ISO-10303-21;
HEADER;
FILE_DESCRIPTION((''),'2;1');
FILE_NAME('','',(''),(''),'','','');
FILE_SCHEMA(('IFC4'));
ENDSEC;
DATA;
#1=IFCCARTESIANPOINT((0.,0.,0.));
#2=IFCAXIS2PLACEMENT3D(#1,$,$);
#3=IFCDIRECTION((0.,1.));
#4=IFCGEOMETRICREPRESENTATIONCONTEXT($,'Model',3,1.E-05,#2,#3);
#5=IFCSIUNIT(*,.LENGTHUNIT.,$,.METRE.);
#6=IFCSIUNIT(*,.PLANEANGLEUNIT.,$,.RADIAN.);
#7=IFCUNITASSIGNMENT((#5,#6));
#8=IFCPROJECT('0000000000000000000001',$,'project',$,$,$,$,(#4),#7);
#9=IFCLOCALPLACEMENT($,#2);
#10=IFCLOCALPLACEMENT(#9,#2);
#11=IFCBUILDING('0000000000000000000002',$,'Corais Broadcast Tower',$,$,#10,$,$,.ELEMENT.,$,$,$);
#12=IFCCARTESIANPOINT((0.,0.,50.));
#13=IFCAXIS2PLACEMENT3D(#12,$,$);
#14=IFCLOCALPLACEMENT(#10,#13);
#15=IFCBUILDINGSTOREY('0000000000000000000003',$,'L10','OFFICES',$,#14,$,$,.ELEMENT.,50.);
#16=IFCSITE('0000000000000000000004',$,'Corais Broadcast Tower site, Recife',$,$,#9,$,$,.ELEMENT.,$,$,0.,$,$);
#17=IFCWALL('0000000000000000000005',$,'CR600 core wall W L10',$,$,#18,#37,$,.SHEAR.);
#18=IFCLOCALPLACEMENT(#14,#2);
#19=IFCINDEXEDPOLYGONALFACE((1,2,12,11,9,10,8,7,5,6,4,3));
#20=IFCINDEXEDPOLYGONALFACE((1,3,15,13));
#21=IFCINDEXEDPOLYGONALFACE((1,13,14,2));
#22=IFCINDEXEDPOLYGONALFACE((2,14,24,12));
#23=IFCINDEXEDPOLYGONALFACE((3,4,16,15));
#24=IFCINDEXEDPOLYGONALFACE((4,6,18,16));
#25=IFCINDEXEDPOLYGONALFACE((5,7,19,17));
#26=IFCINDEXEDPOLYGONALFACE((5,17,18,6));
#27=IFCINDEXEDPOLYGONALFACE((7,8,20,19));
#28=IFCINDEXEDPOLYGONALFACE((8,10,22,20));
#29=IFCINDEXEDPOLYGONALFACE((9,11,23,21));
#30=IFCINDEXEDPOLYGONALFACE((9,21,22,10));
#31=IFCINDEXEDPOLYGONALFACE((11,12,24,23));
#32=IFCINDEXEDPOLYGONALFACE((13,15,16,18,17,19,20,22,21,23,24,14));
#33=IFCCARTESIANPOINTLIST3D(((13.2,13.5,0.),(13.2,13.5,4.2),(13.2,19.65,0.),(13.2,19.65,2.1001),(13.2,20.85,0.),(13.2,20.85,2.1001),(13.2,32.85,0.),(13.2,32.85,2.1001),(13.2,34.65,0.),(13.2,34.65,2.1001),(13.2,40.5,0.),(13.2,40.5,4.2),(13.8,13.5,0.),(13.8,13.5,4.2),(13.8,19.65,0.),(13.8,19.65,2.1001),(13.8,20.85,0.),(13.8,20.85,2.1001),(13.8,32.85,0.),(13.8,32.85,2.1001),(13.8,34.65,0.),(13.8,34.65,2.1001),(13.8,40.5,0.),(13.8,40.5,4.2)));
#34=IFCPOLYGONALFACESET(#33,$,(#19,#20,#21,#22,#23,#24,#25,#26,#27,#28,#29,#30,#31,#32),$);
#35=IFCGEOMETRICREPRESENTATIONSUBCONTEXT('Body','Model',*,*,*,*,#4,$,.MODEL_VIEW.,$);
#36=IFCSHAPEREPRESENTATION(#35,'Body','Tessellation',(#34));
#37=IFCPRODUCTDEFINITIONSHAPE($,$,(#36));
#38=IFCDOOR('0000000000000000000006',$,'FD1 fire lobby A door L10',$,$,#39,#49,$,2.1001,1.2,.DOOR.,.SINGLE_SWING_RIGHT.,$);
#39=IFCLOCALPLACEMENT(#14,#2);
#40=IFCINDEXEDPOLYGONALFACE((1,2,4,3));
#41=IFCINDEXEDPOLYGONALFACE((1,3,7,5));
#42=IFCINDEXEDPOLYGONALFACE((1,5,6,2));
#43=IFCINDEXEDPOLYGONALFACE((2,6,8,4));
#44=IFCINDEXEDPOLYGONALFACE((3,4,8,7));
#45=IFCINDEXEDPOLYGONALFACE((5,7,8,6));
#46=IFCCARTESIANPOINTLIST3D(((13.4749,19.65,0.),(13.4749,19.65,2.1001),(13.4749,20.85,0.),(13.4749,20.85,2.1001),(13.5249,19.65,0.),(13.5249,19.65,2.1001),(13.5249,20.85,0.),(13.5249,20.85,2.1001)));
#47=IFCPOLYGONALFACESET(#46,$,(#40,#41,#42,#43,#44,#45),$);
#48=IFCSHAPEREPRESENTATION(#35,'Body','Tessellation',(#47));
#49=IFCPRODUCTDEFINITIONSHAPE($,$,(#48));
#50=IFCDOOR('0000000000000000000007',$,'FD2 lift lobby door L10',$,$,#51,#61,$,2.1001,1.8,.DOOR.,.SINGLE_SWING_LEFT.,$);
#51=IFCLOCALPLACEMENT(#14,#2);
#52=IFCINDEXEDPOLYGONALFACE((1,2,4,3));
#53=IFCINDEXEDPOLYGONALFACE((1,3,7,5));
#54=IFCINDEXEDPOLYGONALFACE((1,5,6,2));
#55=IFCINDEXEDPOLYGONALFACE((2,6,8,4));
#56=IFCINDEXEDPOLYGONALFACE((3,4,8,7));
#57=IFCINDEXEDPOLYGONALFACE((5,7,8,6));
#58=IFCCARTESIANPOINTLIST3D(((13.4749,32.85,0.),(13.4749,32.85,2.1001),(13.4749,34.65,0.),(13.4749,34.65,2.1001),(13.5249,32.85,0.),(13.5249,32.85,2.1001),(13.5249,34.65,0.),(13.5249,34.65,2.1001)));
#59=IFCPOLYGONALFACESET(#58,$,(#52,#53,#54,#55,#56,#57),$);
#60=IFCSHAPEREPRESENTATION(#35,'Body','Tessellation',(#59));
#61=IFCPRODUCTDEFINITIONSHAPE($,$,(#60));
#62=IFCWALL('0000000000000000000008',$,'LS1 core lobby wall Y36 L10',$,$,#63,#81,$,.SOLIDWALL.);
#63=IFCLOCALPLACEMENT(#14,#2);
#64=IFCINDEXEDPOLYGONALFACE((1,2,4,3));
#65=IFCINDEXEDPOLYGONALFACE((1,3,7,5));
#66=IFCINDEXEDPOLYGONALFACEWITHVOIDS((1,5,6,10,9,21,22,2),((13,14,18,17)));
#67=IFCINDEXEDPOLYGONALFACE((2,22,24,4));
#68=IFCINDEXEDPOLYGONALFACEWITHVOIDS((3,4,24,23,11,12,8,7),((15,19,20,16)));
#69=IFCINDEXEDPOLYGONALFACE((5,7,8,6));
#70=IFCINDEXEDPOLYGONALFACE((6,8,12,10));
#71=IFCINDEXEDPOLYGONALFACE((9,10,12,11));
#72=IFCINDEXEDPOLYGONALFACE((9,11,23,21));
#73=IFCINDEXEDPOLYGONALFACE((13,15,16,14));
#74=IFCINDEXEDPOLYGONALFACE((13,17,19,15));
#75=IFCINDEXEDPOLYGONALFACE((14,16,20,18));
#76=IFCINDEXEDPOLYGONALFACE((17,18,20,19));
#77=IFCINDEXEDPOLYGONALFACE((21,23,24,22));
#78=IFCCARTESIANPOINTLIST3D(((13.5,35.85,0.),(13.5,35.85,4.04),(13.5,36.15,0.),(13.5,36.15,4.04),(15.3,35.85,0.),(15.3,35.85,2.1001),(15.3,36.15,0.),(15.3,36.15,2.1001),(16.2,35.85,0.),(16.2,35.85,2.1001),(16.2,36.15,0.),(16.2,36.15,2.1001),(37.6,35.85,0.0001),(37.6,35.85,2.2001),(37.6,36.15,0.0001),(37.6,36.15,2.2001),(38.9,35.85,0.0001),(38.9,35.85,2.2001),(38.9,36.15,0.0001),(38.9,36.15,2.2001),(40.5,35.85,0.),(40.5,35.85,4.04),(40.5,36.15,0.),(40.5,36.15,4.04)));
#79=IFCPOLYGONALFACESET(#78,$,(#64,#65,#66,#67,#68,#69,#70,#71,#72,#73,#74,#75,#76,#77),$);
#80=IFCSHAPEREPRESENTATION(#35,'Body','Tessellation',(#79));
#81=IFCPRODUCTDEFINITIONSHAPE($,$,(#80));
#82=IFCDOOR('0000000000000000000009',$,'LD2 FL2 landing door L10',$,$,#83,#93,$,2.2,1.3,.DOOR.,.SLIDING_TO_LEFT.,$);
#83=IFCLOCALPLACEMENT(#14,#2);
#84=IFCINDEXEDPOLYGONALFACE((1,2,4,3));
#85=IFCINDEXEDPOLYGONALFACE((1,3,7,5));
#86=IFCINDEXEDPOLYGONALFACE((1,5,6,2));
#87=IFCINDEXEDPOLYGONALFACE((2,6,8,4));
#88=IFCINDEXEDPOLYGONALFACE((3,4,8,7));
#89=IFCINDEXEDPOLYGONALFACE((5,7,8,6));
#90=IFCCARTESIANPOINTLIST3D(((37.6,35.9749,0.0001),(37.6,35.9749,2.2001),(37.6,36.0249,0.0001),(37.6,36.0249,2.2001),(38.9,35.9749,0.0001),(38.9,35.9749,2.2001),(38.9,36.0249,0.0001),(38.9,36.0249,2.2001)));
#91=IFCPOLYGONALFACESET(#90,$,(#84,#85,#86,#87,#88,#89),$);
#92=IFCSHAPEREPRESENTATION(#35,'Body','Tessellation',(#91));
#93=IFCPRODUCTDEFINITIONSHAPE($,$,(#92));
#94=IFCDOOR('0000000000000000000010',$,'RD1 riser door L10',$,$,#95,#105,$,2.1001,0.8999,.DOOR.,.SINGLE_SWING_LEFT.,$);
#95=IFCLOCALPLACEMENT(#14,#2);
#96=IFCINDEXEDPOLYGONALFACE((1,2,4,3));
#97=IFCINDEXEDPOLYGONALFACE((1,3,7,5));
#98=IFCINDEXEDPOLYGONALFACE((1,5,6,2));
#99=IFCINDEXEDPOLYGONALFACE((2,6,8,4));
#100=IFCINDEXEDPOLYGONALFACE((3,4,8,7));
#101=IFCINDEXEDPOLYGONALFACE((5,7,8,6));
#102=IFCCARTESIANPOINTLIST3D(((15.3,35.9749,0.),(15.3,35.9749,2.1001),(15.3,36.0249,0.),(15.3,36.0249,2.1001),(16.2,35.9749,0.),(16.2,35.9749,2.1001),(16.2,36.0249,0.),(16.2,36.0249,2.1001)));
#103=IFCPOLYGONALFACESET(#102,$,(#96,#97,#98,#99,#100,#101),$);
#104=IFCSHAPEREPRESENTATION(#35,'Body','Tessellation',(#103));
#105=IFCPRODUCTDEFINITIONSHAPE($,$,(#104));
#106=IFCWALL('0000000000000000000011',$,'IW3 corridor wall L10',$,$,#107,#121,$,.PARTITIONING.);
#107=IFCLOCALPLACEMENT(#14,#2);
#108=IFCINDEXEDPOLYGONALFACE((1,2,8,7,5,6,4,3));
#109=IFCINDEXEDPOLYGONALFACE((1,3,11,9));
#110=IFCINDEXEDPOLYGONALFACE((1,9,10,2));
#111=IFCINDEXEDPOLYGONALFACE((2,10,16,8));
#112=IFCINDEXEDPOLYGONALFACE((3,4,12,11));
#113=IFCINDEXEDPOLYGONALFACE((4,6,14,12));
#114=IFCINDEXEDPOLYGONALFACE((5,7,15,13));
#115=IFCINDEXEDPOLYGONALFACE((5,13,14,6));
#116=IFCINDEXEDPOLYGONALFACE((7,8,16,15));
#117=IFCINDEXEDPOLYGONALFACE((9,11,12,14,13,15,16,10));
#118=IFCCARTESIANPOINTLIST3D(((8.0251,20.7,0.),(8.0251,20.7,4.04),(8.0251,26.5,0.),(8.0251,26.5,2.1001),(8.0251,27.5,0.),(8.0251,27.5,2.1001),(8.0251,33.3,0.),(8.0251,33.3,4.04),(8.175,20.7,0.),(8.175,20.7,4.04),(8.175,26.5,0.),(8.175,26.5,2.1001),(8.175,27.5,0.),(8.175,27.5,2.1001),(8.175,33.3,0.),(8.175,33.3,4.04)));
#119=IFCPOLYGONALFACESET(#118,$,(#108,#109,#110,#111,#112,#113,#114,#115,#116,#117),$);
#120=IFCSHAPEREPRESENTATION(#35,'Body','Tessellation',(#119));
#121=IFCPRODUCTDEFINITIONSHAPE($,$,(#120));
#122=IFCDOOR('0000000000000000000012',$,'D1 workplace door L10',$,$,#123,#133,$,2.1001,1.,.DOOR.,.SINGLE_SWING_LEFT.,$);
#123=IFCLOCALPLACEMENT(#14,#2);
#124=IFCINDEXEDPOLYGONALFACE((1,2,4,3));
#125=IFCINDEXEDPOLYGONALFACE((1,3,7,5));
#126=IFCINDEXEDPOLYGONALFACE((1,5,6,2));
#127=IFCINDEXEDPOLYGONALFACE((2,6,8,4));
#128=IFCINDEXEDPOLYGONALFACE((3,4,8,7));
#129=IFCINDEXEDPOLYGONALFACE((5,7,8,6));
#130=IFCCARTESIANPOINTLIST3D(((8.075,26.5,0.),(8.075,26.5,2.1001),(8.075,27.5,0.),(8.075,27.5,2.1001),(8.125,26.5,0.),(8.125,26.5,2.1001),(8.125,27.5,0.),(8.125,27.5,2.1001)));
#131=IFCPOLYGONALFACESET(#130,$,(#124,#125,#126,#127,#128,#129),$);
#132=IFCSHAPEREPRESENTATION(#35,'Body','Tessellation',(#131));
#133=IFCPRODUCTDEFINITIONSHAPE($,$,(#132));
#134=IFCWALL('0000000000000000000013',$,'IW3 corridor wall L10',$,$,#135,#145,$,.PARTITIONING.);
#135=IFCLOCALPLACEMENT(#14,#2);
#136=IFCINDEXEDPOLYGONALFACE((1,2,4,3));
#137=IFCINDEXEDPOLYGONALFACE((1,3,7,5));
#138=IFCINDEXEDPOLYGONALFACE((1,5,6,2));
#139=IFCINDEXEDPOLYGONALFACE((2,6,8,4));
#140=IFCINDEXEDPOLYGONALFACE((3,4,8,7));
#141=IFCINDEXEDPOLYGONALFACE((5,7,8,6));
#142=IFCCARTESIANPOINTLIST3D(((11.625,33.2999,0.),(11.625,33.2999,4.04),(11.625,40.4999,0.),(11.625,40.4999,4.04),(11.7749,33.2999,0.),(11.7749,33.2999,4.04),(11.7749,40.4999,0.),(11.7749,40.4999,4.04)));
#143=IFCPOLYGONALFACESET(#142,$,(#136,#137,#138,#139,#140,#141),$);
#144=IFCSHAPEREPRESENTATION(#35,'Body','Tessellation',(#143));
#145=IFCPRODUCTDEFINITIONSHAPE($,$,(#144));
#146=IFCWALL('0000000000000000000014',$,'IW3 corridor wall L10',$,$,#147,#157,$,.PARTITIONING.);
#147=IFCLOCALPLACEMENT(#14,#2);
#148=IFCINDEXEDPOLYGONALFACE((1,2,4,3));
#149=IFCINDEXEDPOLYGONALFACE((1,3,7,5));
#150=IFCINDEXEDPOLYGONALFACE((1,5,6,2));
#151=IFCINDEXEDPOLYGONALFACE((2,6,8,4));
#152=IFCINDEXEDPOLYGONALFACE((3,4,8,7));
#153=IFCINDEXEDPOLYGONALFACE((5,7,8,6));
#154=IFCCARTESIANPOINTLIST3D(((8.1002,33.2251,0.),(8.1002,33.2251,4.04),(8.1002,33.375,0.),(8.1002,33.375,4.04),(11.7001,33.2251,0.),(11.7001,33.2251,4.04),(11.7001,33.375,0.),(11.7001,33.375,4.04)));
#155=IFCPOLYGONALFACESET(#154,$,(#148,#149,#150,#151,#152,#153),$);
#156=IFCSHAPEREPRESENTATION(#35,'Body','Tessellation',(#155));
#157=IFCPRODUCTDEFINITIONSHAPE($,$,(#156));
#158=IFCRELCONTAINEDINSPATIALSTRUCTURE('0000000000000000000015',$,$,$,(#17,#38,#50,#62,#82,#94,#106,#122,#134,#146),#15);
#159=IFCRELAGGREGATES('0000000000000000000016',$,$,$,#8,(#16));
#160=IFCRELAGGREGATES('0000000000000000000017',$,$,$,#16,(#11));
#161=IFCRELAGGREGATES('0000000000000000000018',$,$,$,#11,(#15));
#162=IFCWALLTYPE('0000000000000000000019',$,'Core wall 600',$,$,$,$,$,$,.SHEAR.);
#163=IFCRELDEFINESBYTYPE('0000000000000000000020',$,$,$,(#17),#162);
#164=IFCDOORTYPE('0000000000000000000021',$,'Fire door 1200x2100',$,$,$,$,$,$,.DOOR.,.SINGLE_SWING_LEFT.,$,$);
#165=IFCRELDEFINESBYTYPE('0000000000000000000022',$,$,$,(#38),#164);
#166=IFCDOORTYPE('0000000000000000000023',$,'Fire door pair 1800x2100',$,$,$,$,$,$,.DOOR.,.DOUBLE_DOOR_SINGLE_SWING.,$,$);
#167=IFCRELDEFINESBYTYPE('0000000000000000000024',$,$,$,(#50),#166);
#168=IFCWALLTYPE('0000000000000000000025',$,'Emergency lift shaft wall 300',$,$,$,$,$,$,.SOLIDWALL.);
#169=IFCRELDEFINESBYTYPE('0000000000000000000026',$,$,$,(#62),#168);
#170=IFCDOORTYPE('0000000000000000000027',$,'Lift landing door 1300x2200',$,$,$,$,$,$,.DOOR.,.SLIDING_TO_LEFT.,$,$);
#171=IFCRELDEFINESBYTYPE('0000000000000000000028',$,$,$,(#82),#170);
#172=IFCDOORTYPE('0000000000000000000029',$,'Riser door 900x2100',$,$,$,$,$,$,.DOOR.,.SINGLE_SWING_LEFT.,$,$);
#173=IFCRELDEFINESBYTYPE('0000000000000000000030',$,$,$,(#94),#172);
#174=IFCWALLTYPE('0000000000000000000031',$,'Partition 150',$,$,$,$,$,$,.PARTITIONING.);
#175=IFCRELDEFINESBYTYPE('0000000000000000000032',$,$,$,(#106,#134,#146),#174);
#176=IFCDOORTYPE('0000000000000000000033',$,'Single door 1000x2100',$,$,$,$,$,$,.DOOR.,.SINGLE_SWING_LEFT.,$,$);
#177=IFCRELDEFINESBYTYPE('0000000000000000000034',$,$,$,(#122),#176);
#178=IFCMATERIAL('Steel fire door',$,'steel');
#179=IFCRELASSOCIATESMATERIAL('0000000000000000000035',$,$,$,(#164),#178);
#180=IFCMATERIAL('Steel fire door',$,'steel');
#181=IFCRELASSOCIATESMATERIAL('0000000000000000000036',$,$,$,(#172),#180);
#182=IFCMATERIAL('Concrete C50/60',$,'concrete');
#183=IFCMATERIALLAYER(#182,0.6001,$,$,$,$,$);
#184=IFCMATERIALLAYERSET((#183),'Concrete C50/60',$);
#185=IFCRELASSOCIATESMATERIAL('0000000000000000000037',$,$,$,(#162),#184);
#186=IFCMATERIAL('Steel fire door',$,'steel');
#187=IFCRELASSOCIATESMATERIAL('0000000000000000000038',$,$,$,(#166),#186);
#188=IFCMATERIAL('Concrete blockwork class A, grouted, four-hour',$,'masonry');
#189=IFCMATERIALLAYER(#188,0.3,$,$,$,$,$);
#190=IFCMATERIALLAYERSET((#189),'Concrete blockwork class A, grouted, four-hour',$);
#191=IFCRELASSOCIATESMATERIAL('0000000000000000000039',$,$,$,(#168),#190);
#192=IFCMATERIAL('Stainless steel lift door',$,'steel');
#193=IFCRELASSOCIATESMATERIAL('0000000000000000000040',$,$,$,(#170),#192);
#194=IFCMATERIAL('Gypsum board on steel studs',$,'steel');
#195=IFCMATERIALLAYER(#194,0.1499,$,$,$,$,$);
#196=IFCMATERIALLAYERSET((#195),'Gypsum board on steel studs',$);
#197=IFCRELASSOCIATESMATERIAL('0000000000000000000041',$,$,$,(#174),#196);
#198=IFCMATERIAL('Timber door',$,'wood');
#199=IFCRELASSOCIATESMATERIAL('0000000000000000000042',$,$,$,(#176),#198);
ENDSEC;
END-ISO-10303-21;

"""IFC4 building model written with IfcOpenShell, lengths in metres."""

from ifc_helpers import new_model, si_unit, direction, frame, frame_2d, origin, place, context, subcontext, project, spatial, rectangle, extrude, material, layer, layer_set, type_object, element, fill, save


model = new_model("IFC4")

# Units and contexts
model_context = context("Model", 3, precision=1e-05, world=origin(), true_north=direction((0.0, 1.0)))
body_context = subcontext(model_context, "Body", "Model", "MODEL_VIEW")
ifc_project = project(units=[si_unit("LENGTHUNIT", "METRE"), si_unit("PLANEANGLEUNIT", "RADIAN")], contexts=[model_context])

# Site, building, storey
site_placement = place(None, origin())
site = spatial("IfcSite", under=ifc_project, at=site_placement, Name="Corais Broadcast Tower site, Recife", CompositionType="ELEMENT", RefElevation=0.0)
building_placement = place(site_placement, origin())
building = spatial("IfcBuilding", under=site, at=building_placement, Name="Corais Broadcast Tower", CompositionType="ELEMENT")
storey_placement = place(building_placement, frame((0.0, 0.0, 50.0)))
storey = spatial("IfcBuildingStorey", under=building, at=storey_placement, Name="L10", Description="OFFICES", CompositionType="ELEMENT", Elevation=50.0)

# Walls, openings, doors
ifc_material_1 = material(Name="Steel fire door", Category="steel")
door_type_1 = type_object("IfcDoorType", Name="Fire door 1200x2100", OperationType="SINGLE_SWING_LEFT", PredefinedType="DOOR", material=ifc_material_1)
ifc_material_2 = material(Name="Steel fire door", Category="steel")
door_type_2 = type_object("IfcDoorType", Name="Riser door 900x2100", OperationType="SINGLE_SWING_LEFT", PredefinedType="DOOR", material=ifc_material_2)
ifc_material_3 = material(Name="Concrete C50/60", Category="concrete")
ifc_layer_1 = layer(ifc_material_3, 0.6001)
ifc_layer_set_1 = layer_set([ifc_layer_1], Name="Concrete C50/60")
wall_type_1 = type_object("IfcWallType", Name="Core wall 600", PredefinedType="SHEAR", material=ifc_layer_set_1)
wall_1_placement = place(storey_placement, frame((13.5, 40.5, 0.0), z_axis=(0.0, 0.0, 1.0), x_axis=(0.0, -1.0, 0.0)))
wall_1 = element("IfcWall", 1, at=wall_1_placement, inside=storey, type_object=wall_type_1, Name="CR600 core wall W L10", PredefinedType="SHEAR", context=body_context, shape_type="SweptSolid", body=[
    extrude(rectangle(XDim=27.0, YDim=0.6001, at=frame_2d((13.5, 0.0))), origin(), (0.0, 0.0, 1.0), 4.2),
])
opening_1_placement = place(wall_1_placement, frame((19.6499, 0.0, 0.0)))
opening_1 = element("IfcOpeningElement", 2, at=opening_1_placement, cuts=wall_1, PredefinedType="OPENING", context=body_context, shape_type="SweptSolid", body=[
    extrude(rectangle(XDim=1.2, YDim=2.1001, at=frame_2d((0.6001, 1.05))), frame((0.0, 0.3101, 0.0), z_axis=(0.0, -1.0, 0.0), x_axis=(1.0, 0.0, 0.0)), (0.0, 0.0, 1.0), 0.6201),
])
opening_2_placement = place(wall_1_placement, frame((5.8501, 0.0, 0.0)))
opening_2 = element("IfcOpeningElement", 3, at=opening_2_placement, cuts=wall_1, PredefinedType="OPENING", context=body_context, shape_type="SweptSolid", body=[
    extrude(rectangle(XDim=1.8, YDim=2.1001, at=frame_2d((0.8999, 1.05))), frame((0.0, 0.3101, 0.0), z_axis=(0.0, -1.0, 0.0), x_axis=(1.0, 0.0, 0.0)), (0.0, 0.0, 1.0), 0.6201),
])
door_1_placement = place(opening_1_placement, origin())
door_1 = element("IfcDoor", 4, at=door_1_placement, inside=storey, type_object=door_type_1, Name="FD1 fire lobby A door L10", OperationType="SINGLE_SWING_RIGHT", OverallHeight=2.1001, OverallWidth=1.2, PredefinedType="DOOR", context=body_context, shape_type="SweptSolid", body=[
    extrude(rectangle(XDim=1.2, YDim=2.1001, at=frame_2d((0.6001, 1.05))), frame((0.0, 0.0249, 0.0), z_axis=(0.0, -1.0, 0.0), x_axis=(1.0, 0.0, 0.0)), (0.0, 0.0, 1.0), 0.05),
])
fill(opening_1, door_1)
ifc_material_4 = material(Name="Steel fire door", Category="steel")
door_type_3 = type_object("IfcDoorType", Name="Fire door pair 1800x2100", OperationType="DOUBLE_DOOR_SINGLE_SWING", PredefinedType="DOOR", material=ifc_material_4)
door_2_placement = place(opening_2_placement, origin())
door_2 = element("IfcDoor", 5, at=door_2_placement, inside=storey, type_object=door_type_3, Name="FD2 lift lobby door L10", OperationType="SINGLE_SWING_LEFT", OverallHeight=2.1001, OverallWidth=1.8, PredefinedType="DOOR", context=body_context, shape_type="SweptSolid", body=[
    extrude(rectangle(XDim=1.8, YDim=2.1001, at=frame_2d((0.8999, 1.05))), frame((0.0, 0.0249, 0.0), z_axis=(0.0, -1.0, 0.0), x_axis=(1.0, 0.0, 0.0)), (0.0, 0.0, 1.0), 0.05),
])
fill(opening_2, door_2)
ifc_material_5 = material(Name="Concrete blockwork class A, grouted, four-hour", Category="masonry")
ifc_layer_2 = layer(ifc_material_5, 0.3)
ifc_layer_set_2 = layer_set([ifc_layer_2], Name="Concrete blockwork class A, grouted, four-hour")
wall_type_2 = type_object("IfcWallType", Name="Emergency lift shaft wall 300", PredefinedType="SOLIDWALL", material=ifc_layer_set_2)
wall_2_placement = place(storey_placement, frame((13.5, 36.0, 0.0), z_axis=(0.0, 0.0, 1.0), x_axis=(1.0, 0.0, 0.0)))
wall_2 = element("IfcWall", 6, at=wall_2_placement, inside=storey, type_object=wall_type_2, Name="LS1 core lobby wall Y36 L10", PredefinedType="SOLIDWALL", context=body_context, shape_type="SweptSolid", body=[
    extrude(rectangle(XDim=27.0, YDim=0.3, at=frame_2d((13.5, 0.0))), origin(), (0.0, 0.0, 1.0), 4.04),
])
opening_3_placement = place(wall_2_placement, frame((1.8, 0.0, 0.0)))
opening_3 = element("IfcOpeningElement", 7, at=opening_3_placement, cuts=wall_2, PredefinedType="OPENING", context=body_context, shape_type="SweptSolid", body=[
    extrude(rectangle(XDim=0.8999, YDim=2.1001, at=frame_2d((0.45, 1.05))), frame((0.0, 0.1599, 0.0), z_axis=(0.0, -1.0, 0.0), x_axis=(1.0, 0.0, 0.0)), (0.0, 0.0, 1.0), 0.3201),
])
opening_4_placement = place(wall_2_placement, frame((24.1001, 0.0, 0.0)))
opening_4 = element("IfcOpeningElement", 8, at=opening_4_placement, cuts=wall_2, PredefinedType="OPENING", context=body_context, shape_type="SweptSolid", body=[
    extrude(rectangle(XDim=1.3, YDim=2.2, at=frame_2d((0.6499, 1.1001))), frame((0.0, 0.1599, 0.0), z_axis=(0.0, -1.0, 0.0), x_axis=(1.0, 0.0, 0.0)), (0.0, 0.0, 1.0), 0.3201),
])
ifc_material_6 = material(Name="Stainless steel lift door", Category="steel")
door_type_4 = type_object("IfcDoorType", Name="Lift landing door 1300x2200", OperationType="SLIDING_TO_LEFT", PredefinedType="DOOR", material=ifc_material_6)
door_3_placement = place(opening_4_placement, origin())
door_3 = element("IfcDoor", 9, at=door_3_placement, inside=storey, type_object=door_type_4, Name="LD2 FL2 landing door L10", OperationType="SLIDING_TO_LEFT", OverallHeight=2.2, OverallWidth=1.3, PredefinedType="DOOR", context=body_context, shape_type="SweptSolid", body=[
    extrude(rectangle(XDim=1.3, YDim=2.2, at=frame_2d((0.6499, 1.1001))), frame((0.0, 0.0249, 0.0), z_axis=(0.0, -1.0, 0.0), x_axis=(1.0, 0.0, 0.0)), (0.0, 0.0, 1.0), 0.05),
])
fill(opening_4, door_3)
door_4_placement = place(opening_3_placement, origin())
door_4 = element("IfcDoor", 10, at=door_4_placement, inside=storey, type_object=door_type_2, Name="RD1 riser door L10", OperationType="SINGLE_SWING_LEFT", OverallHeight=2.1001, OverallWidth=0.8999, PredefinedType="DOOR", context=body_context, shape_type="SweptSolid", body=[
    extrude(rectangle(XDim=0.8999, YDim=2.1001, at=frame_2d((0.45, 1.05))), frame((0.0, 0.0249, 0.0), z_axis=(0.0, -1.0, 0.0), x_axis=(1.0, 0.0, 0.0)), (0.0, 0.0, 1.0), 0.05),
])
fill(opening_3, door_4)

# Wall, opening, door
ifc_material_7 = material(Name="Gypsum board on steel studs", Category="steel")
ifc_layer_3 = layer(ifc_material_7, 0.1499)
ifc_layer_set_3 = layer_set([ifc_layer_3], Name="Gypsum board on steel studs")
wall_type_3 = type_object("IfcWallType", Name="Partition 150", PredefinedType="PARTITIONING", material=ifc_layer_set_3)
wall_3_placement = place(storey_placement, frame((8.1001, 33.3, 0.0), z_axis=(0.0, 0.0, 1.0), x_axis=(0.0, -1.0, 0.0)))
wall_3 = element("IfcWall", 11, at=wall_3_placement, inside=storey, type_object=wall_type_3, Name="IW3 corridor wall L10", PredefinedType="PARTITIONING", context=body_context, shape_type="SweptSolid", body=[
    extrude(rectangle(XDim=12.6001, YDim=0.1499, at=frame_2d((6.3, 0.0))), origin(), (0.0, 0.0, 1.0), 4.04),
])
opening_5_placement = place(wall_3_placement, frame((5.8, 0.0, 0.0)))
opening_5 = element("IfcOpeningElement", 12, at=opening_5_placement, cuts=wall_3, PredefinedType="OPENING", context=body_context, shape_type="SweptSolid", body=[
    extrude(rectangle(XDim=1.0, YDim=2.1001, at=frame_2d((0.5, 1.05))), frame((0.0, 0.085, 0.0), z_axis=(0.0, -1.0, 0.0), x_axis=(1.0, 0.0, 0.0)), (0.0, 0.0, 1.0), 0.1699),
])
ifc_material_8 = material(Name="Timber door", Category="wood")
door_type_5 = type_object("IfcDoorType", Name="Single door 1000x2100", OperationType="SINGLE_SWING_LEFT", PredefinedType="DOOR", material=ifc_material_8)
door_5_placement = place(opening_5_placement, origin())
door_5 = element("IfcDoor", 13, at=door_5_placement, inside=storey, type_object=door_type_5, Name="D1 workplace door L10", OperationType="SINGLE_SWING_LEFT", OverallHeight=2.1001, OverallWidth=1.0, PredefinedType="DOOR", context=body_context, shape_type="SweptSolid", body=[
    extrude(rectangle(XDim=1.0, YDim=2.1001, at=frame_2d((0.5, 1.05))), frame((0.0, 0.0249, 0.0), z_axis=(0.0, -1.0, 0.0), x_axis=(1.0, 0.0, 0.0)), (0.0, 0.0, 1.0), 0.05),
])
fill(opening_5, door_5)

# Walls
wall_4_placement = place(storey_placement, frame((11.7, 40.5, 0.0), z_axis=(0.0, 0.0, 1.0), x_axis=(0.0, -1.0, 0.0)))
element("IfcWall", 14, at=wall_4_placement, inside=storey, type_object=wall_type_3, Name="IW3 corridor wall L10", PredefinedType="PARTITIONING", context=body_context, shape_type="SweptSolid", body=[
    extrude(rectangle(XDim=7.2, YDim=0.1499, at=frame_2d((3.6001, 0.0))), origin(), (0.0, 0.0, 1.0), 4.04),
])
wall_5_placement = place(storey_placement, frame((11.7, 33.3, 0.0), z_axis=(0.0, 0.0, 1.0), x_axis=(-1.0, 0.0, 0.0)))
element("IfcWall", 15, at=wall_5_placement, inside=storey, type_object=wall_type_3, Name="IW3 corridor wall L10", PredefinedType="PARTITIONING", context=body_context, shape_type="SweptSolid", body=[
    extrude(rectangle(XDim=3.5999, YDim=0.1499, at=frame_2d((1.7998, 0.0))), origin(), (0.0, 0.0, 1.0), 4.04),
])

save(model, "model.ifc")
